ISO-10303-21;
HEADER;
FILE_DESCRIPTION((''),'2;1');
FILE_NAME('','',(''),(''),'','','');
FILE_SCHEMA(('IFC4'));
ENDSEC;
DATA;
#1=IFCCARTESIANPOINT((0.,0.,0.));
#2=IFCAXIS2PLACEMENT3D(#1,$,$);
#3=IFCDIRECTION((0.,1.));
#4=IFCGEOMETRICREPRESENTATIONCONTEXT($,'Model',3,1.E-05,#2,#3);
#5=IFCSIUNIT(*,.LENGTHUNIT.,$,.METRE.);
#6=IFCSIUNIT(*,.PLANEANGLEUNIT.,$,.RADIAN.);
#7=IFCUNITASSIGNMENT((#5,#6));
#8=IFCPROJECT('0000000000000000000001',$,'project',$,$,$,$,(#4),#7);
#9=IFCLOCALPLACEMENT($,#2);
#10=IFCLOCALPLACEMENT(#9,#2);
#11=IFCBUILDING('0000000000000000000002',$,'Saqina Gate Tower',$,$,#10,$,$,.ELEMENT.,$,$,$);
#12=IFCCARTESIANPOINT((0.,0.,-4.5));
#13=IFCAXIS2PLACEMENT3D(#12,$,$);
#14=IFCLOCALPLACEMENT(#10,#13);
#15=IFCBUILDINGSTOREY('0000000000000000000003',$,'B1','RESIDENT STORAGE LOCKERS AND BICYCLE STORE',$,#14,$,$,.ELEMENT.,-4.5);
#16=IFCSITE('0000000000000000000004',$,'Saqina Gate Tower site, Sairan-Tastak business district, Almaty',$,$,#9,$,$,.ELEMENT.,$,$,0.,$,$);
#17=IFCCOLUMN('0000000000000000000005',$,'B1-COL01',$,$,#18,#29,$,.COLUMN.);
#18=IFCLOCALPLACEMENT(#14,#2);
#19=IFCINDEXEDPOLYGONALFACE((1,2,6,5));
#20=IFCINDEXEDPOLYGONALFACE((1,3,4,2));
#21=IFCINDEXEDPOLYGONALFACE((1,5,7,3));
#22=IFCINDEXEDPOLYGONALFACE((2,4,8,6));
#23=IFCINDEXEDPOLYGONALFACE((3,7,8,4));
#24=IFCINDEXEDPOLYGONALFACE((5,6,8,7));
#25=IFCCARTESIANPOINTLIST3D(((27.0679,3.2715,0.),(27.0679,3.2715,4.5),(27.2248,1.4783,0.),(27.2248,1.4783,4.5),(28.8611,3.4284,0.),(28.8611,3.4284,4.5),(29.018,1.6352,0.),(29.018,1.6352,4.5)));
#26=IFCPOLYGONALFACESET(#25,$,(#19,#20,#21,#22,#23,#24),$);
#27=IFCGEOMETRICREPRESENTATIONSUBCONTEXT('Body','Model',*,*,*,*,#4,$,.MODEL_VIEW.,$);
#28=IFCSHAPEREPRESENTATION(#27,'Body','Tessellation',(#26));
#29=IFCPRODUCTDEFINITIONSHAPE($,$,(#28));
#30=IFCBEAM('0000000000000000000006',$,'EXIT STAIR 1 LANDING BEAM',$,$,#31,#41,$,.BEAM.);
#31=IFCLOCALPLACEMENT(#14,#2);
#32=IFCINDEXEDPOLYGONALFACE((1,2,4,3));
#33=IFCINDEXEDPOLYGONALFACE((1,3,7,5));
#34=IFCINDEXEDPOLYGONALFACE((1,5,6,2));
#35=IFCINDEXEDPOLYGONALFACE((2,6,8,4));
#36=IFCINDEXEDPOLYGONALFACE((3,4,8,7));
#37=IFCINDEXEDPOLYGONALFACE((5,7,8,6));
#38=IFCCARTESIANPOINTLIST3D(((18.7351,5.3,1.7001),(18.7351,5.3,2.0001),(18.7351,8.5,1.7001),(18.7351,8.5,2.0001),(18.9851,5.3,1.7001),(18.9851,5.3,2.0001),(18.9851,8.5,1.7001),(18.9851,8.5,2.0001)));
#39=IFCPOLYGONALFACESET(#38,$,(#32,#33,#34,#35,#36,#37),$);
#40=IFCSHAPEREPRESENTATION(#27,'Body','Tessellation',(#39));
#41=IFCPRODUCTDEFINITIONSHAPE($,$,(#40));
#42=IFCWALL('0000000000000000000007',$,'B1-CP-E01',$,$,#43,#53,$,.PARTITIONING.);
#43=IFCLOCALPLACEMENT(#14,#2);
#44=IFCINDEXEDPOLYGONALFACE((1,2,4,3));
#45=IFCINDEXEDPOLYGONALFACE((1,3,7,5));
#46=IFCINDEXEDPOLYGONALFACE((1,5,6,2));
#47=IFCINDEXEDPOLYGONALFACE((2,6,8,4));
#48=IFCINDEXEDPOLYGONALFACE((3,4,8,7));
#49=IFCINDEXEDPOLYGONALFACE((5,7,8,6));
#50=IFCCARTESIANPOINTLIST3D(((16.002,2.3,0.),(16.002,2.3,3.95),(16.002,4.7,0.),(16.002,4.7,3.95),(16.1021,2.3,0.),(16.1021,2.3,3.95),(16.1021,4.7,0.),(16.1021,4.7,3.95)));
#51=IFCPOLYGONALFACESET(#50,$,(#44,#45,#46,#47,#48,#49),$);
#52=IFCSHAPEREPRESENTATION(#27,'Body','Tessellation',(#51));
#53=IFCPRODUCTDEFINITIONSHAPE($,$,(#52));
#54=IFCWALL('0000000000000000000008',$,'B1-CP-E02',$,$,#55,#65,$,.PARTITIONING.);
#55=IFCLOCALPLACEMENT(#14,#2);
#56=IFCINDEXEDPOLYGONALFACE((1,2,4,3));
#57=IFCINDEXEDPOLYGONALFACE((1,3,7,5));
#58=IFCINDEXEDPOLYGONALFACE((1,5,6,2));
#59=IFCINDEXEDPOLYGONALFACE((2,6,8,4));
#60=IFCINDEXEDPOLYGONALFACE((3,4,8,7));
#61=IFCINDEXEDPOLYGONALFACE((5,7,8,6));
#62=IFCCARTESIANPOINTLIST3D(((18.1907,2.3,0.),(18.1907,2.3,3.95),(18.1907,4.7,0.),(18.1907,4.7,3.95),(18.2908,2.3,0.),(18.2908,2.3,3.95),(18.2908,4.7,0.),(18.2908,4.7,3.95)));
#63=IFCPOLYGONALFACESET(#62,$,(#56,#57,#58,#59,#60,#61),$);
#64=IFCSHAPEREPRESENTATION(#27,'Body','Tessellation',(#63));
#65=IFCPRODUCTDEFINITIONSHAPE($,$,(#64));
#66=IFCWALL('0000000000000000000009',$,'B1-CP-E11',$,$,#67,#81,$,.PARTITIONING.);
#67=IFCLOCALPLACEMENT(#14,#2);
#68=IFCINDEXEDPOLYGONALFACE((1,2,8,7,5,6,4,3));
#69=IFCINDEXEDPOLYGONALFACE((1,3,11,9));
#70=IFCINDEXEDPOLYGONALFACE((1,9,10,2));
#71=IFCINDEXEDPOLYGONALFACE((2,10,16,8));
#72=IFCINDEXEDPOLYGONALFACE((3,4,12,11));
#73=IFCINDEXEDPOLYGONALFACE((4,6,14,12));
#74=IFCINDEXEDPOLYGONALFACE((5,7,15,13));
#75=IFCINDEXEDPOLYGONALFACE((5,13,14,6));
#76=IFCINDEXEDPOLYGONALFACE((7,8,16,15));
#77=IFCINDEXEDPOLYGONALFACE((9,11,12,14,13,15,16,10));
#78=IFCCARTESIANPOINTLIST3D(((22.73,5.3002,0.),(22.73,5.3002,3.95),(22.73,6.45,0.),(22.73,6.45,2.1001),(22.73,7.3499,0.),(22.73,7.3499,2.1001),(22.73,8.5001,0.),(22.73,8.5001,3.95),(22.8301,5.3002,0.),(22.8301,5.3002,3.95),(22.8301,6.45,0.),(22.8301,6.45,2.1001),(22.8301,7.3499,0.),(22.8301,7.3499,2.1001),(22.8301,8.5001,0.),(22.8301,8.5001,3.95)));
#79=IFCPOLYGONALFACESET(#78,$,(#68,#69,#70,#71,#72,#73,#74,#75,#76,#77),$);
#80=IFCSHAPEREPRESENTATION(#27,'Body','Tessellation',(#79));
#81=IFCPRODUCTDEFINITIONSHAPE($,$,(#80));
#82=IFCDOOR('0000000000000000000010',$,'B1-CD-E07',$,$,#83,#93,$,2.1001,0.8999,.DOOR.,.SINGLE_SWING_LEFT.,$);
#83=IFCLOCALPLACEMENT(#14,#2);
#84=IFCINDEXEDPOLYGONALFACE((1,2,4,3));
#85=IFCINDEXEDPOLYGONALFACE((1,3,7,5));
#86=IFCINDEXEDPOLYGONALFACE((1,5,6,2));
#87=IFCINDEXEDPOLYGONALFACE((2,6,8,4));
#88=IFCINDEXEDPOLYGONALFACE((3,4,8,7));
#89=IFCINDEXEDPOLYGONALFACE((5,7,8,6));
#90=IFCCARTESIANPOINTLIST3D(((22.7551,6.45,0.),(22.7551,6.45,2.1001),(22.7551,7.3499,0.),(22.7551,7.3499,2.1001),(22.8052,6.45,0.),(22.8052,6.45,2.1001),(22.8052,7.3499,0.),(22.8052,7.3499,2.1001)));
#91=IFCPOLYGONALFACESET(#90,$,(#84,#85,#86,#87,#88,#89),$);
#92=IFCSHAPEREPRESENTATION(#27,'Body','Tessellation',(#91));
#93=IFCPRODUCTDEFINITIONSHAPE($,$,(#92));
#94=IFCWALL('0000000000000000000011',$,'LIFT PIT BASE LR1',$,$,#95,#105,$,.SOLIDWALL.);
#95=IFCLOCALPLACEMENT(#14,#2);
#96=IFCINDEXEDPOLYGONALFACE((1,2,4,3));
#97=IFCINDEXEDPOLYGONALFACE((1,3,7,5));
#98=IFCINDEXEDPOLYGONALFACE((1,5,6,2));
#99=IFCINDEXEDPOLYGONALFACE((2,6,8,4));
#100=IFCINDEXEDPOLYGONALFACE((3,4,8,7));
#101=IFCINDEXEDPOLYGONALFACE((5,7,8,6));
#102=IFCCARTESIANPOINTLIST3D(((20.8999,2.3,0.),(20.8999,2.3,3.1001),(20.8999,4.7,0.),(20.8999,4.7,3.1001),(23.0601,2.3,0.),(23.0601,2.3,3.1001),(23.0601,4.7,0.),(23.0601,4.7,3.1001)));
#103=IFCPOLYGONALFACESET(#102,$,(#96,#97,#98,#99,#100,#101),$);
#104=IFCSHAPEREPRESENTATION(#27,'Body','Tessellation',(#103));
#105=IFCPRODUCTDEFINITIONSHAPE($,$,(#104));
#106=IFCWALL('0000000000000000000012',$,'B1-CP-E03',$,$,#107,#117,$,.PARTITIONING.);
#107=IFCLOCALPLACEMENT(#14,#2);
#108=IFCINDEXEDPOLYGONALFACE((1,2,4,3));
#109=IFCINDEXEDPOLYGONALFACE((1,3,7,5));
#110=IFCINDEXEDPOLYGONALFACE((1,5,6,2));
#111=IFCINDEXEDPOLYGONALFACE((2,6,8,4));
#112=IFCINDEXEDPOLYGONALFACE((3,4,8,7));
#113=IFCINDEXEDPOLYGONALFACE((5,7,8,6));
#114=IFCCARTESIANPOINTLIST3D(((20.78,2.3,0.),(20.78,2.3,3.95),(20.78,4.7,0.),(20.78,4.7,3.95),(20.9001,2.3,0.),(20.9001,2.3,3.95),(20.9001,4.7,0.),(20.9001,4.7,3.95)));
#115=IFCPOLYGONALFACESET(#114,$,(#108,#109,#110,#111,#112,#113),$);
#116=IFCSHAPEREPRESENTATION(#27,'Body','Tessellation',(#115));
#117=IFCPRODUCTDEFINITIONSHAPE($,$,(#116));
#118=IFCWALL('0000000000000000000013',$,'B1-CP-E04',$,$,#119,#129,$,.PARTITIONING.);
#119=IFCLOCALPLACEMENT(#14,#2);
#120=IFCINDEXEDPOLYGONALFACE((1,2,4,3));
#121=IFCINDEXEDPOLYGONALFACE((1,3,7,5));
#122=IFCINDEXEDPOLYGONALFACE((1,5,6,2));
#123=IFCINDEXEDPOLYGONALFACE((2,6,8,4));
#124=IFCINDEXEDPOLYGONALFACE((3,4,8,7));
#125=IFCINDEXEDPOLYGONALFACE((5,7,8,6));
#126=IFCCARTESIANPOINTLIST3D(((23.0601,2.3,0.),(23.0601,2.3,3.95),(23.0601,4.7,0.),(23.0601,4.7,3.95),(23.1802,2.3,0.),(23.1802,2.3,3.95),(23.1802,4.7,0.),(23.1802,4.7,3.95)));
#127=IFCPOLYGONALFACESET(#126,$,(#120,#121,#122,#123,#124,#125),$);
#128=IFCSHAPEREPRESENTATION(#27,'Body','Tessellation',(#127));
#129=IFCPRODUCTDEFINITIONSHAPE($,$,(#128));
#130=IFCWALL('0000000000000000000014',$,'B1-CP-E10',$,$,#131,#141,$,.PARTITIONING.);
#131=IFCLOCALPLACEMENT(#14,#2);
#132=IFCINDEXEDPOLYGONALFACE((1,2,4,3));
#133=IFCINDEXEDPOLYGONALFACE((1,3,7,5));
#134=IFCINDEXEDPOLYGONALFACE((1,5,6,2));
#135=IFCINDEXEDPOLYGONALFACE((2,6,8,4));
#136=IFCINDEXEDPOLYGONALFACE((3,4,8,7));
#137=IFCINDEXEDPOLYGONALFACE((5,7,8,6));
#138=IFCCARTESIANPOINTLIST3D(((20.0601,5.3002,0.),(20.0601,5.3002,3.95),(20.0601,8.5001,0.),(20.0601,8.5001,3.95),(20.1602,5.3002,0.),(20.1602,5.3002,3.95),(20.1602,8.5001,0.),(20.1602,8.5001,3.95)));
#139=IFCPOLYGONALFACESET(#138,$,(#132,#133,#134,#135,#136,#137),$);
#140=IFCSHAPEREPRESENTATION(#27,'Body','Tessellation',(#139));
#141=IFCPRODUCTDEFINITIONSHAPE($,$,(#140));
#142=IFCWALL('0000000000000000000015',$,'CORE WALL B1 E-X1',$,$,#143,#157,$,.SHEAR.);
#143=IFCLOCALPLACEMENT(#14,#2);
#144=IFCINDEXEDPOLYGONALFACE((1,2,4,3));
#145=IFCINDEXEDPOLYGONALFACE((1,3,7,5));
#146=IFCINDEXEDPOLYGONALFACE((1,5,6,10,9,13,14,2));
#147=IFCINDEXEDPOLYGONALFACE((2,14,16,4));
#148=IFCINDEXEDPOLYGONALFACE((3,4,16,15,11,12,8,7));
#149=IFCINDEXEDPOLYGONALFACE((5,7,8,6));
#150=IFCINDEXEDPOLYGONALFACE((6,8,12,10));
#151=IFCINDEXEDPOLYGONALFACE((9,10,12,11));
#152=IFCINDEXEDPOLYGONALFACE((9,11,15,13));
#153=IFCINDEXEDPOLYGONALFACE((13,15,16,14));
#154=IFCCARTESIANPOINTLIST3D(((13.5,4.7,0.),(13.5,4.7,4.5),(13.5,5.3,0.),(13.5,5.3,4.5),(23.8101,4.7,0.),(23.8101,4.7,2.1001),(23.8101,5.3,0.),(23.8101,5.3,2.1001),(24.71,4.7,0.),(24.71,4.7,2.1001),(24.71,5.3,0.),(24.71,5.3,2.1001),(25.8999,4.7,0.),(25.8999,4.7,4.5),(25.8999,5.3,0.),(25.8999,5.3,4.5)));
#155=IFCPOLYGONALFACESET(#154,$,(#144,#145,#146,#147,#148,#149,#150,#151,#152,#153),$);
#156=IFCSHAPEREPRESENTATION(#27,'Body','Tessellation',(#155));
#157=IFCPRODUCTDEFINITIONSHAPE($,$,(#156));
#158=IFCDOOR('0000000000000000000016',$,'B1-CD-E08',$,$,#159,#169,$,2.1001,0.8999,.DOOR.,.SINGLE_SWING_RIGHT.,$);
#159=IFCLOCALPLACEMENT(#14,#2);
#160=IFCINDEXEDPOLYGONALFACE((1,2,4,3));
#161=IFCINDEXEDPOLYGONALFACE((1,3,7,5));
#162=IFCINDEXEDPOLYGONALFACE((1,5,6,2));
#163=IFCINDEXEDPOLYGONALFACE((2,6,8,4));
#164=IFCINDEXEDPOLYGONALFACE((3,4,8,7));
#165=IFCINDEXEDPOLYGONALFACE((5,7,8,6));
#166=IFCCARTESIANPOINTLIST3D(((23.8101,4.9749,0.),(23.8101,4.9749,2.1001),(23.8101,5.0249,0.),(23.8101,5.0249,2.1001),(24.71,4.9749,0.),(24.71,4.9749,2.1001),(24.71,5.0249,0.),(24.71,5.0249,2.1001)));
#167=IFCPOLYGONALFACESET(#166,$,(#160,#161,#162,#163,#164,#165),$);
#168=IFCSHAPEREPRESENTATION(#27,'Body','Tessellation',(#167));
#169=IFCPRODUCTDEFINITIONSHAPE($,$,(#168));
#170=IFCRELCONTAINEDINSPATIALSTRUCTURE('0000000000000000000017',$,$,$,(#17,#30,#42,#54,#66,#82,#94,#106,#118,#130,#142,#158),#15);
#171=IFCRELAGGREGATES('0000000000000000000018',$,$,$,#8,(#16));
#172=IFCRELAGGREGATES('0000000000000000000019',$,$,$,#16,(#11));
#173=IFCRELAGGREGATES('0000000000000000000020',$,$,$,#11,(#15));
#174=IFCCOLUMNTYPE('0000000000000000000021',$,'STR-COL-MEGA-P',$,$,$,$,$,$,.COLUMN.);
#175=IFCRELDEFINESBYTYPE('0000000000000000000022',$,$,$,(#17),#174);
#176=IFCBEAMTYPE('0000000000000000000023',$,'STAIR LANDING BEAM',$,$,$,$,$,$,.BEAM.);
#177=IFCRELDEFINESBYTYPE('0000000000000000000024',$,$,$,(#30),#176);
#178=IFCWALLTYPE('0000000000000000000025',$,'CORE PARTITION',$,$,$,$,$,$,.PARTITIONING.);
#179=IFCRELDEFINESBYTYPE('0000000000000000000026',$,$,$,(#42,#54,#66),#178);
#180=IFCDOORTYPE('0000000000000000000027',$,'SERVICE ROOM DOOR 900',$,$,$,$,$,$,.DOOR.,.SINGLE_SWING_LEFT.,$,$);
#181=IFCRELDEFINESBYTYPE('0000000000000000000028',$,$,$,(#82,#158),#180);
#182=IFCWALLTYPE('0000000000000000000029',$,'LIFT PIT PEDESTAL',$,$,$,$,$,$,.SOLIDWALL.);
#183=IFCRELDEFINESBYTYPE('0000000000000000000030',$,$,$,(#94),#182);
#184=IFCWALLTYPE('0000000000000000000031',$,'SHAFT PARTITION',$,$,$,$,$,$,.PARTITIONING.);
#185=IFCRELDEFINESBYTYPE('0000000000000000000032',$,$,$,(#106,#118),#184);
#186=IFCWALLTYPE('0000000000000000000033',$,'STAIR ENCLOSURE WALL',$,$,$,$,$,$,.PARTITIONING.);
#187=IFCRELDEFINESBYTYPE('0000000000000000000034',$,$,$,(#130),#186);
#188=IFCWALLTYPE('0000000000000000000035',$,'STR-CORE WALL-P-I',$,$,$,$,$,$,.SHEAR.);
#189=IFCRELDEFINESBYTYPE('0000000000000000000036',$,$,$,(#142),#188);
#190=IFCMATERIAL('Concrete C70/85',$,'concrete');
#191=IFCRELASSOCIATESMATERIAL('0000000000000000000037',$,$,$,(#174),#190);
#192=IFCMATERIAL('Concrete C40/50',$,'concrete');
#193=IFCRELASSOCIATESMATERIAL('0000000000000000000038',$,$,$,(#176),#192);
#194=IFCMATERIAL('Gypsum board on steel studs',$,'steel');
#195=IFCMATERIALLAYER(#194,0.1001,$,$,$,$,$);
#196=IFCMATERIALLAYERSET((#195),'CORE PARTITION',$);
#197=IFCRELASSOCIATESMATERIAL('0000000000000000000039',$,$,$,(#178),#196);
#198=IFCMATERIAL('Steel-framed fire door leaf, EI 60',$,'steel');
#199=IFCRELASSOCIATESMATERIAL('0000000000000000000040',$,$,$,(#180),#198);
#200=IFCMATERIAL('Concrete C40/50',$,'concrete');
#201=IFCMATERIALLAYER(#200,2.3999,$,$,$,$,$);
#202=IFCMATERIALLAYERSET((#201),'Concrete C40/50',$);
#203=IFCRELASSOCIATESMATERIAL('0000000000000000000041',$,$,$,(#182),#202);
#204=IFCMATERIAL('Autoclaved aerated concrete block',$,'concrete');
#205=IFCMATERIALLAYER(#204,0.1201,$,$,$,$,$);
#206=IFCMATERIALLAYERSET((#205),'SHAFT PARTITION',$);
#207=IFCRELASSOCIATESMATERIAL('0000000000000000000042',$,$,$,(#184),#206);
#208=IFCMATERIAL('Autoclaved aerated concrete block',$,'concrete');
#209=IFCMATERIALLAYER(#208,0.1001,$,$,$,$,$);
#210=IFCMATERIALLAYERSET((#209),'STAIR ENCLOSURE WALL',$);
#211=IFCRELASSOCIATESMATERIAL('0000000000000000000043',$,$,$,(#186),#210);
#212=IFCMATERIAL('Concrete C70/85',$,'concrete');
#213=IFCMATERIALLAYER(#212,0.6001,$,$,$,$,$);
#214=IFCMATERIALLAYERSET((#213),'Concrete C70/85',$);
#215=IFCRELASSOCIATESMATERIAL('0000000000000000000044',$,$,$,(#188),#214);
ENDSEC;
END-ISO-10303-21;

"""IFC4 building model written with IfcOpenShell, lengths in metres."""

from ifc_helpers import new_model, si_unit, direction, frame, frame_2d, origin, origin_2d, place, context, subcontext, project, spatial, rectangle, extrude, material, layer, layer_set, material_profile, profile_set, type_object, element, fill, save


model = new_model("IFC4")

# Units and contexts
model_context = context("Model", 3, precision=1e-05, world=origin(), true_north=direction((0.0, 1.0)))
body_context = subcontext(model_context, "Body", "Model", "MODEL_VIEW")
ifc_project = project(units=[si_unit("LENGTHUNIT", "METRE"), si_unit("PLANEANGLEUNIT", "RADIAN")], contexts=[model_context])

# Site, building, storey
site_placement = place(None, origin())
site = spatial("IfcSite", under=ifc_project, at=site_placement, Name="Saqina Gate Tower site, Sairan-Tastak business district, Almaty", CompositionType="ELEMENT", RefElevation=0.0)
building_placement = place(site_placement, origin())
building = spatial("IfcBuilding", under=site, at=building_placement, Name="Saqina Gate Tower", CompositionType="ELEMENT")
storey_placement = place(building_placement, frame((0.0, 0.0, -4.5)))
storey = spatial("IfcBuildingStorey", under=building, at=storey_placement, Name="B1", Description="RESIDENT STORAGE LOCKERS AND BICYCLE STORE", CompositionType="ELEMENT", Elevation=-4.5)

# Column
ifc_material_1 = material(Name="Concrete C70/85", Category="concrete")
ifc_material_profile_1 = material_profile(ifc_material_1, rectangle(XDim=1.8, YDim=1.8, at=origin_2d()), Name="RC 1800x1800")
ifc_profile_set_1 = profile_set([ifc_material_profile_1], Name="Concrete C70/85")
column_type = type_object("IfcColumnType", Name="STR-COL-MEGA-P", PredefinedType="COLUMN", material=ifc_profile_set_1)
column_placement = place(storey_placement, frame((28.043, 2.4534, 0.0), z_axis=(0.0, 0.0, 1.0), x_axis=(0.996195, 0.087156, 0.0)))
element("IfcColumn", 1, at=column_placement, inside=storey, type_object=column_type, Name="B1-COL01", PredefinedType="COLUMN", context=body_context, shape_type="SweptSolid", body=[
    extrude(rectangle(XDim=1.8, YDim=1.8, at=origin_2d()), origin(), (0.0, 0.0, 1.0), 4.5),
])

# Beam
ifc_material_2 = material(Name="Concrete C40/50", Category="concrete")
ifc_material_profile_2 = material_profile(ifc_material_2, rectangle(XDim=0.25, YDim=0.3, at=origin_2d()), Name="STAIR LANDING BEAM")
ifc_profile_set_2 = profile_set([ifc_material_profile_2], Name="Concrete C40/50")
beam_type = type_object("IfcBeamType", Name="STAIR LANDING BEAM", PredefinedType="BEAM", material=ifc_profile_set_2)
beam_placement = place(storey_placement, frame((18.8601, 5.3, 1.8501), z_axis=(0.0, 1.0, 0.0), x_axis=(-1.0, 0.0, 0.0)))
element("IfcBeam", 2, at=beam_placement, inside=storey, type_object=beam_type, Name="EXIT STAIR 1 LANDING BEAM", PredefinedType="BEAM", context=body_context, shape_type="SweptSolid", body=[
    extrude(rectangle(XDim=0.25, YDim=0.3, at=origin_2d()), origin(), (0.0, 0.0, 1.0), 3.2),
])

# Walls
ifc_material_3 = material(Name="Gypsum board on steel studs", Category="steel")
ifc_layer_1 = layer(ifc_material_3, 0.1001)
ifc_layer_set_1 = layer_set([ifc_layer_1], Name="CORE PARTITION")
wall_type_1 = type_object("IfcWallType", Name="CORE PARTITION", PredefinedType="PARTITIONING", material=ifc_layer_set_1)
for number, where, z_axis, x_axis, name in (
    (3, (16.052, 2.3, 0.0), (0.0, 0.0, 1.0), (0.0, 1.0, 0.0), "B1-CP-E01"),
    (4, (18.2407, 2.3, 0.0), (0.0, 0.0, 1.0), (0.0, 1.0, 0.0), "B1-CP-E02"),
):
    element("IfcWall", number, at=place(storey_placement, frame(where, z_axis=z_axis, x_axis=x_axis)), inside=storey, type_object=wall_type_1, Name=name, PredefinedType="PARTITIONING", context=body_context, shape_type="SweptSolid", body=[
        extrude(rectangle(XDim=2.3999, YDim=0.1001, at=frame_2d((1.2, 0.0))), origin(), (0.0, 0.0, 1.0), 3.95),
    ])

# Wall, opening, door
wall_1_placement = place(storey_placement, frame((22.78, 5.3, 0.0), z_axis=(0.0, 0.0, 1.0), x_axis=(0.0, 1.0, 0.0)))
wall_1 = element("IfcWall", 5, at=wall_1_placement, inside=storey, type_object=wall_type_1, Name="B1-CP-E11", PredefinedType="PARTITIONING", context=body_context, shape_type="SweptSolid", body=[
    extrude(rectangle(XDim=3.2, YDim=0.1001, at=frame_2d((1.6001, 0.0))), origin(), (0.0, 0.0, 1.0), 3.95),
])
opening_1_placement = place(wall_1_placement, frame((1.1499, 0.0, 0.0)))
opening_1 = element("IfcOpeningElement", 6, at=opening_1_placement, cuts=wall_1, PredefinedType="OPENING", context=body_context, shape_type="SweptSolid", body=[
    extrude(rectangle(XDim=0.8999, YDim=2.1001, at=frame_2d((0.45, 1.05))), frame((0.0, 0.062, 0.0), z_axis=(0.0, -1.0, 0.0), x_axis=(1.0, 0.0, 0.0)), (0.0, 0.0, 1.0), 0.124),
])
ifc_material_4 = material(Name="Steel-framed fire door leaf, EI 60", Category="steel")
door_type = type_object("IfcDoorType", Name="SERVICE ROOM DOOR 900", OperationType="SINGLE_SWING_LEFT", PredefinedType="DOOR", material=ifc_material_4)
door_1_placement = place(opening_1_placement, origin())
door_1 = element("IfcDoor", 7, at=door_1_placement, inside=storey, type_object=door_type, Name="B1-CD-E07", OperationType="SINGLE_SWING_LEFT", OverallHeight=2.1001, OverallWidth=0.8999, PredefinedType="DOOR", context=body_context, shape_type="SweptSolid", body=[
    extrude(rectangle(XDim=0.8999, YDim=2.1001, at=frame_2d((0.45, 1.05))), frame((0.0, 0.0249, 0.0), z_axis=(0.0, -1.0, 0.0), x_axis=(1.0, 0.0, 0.0)), (0.0, 0.0, 1.0), 0.05),
])
fill(opening_1, door_1)

# Walls
ifc_material_5 = material(Name="Concrete C40/50", Category="concrete")
ifc_layer_2 = layer(ifc_material_5, 2.3999)
ifc_layer_set_2 = layer_set([ifc_layer_2], Name="Concrete C40/50")
wall_type_2 = type_object("IfcWallType", Name="LIFT PIT PEDESTAL", PredefinedType="SOLIDWALL", material=ifc_layer_set_2)
wall_2_placement = place(storey_placement, frame((20.8999, 3.5, 0.0), z_axis=(0.0, 0.0, 1.0), x_axis=(1.0, 0.0, 0.0)))
element("IfcWall", 8, at=wall_2_placement, inside=storey, type_object=wall_type_2, Name="LIFT PIT BASE LR1", PredefinedType="SOLIDWALL", context=body_context, shape_type="SweptSolid", body=[
    extrude(rectangle(XDim=2.1602, YDim=2.3999, at=frame_2d((1.0801, 0.0))), origin(), (0.0, 0.0, 1.0), 3.1001),
])
ifc_material_6 = material(Name="Autoclaved aerated concrete block", Category="concrete")
ifc_layer_3 = layer(ifc_material_6, 0.1201)
ifc_layer_set_3 = layer_set([ifc_layer_3], Name="SHAFT PARTITION")
wall_type_3 = type_object("IfcWallType", Name="SHAFT PARTITION", PredefinedType="PARTITIONING", material=ifc_layer_set_3)
for number, where, z_axis, x_axis, name in (
    (9, (20.8401, 2.3, 0.0), (0.0, 0.0, 1.0), (0.0, 1.0, 0.0), "B1-CP-E03"),
    (10, (23.1201, 2.3, 0.0), (0.0, 0.0, 1.0), (0.0, 1.0, 0.0), "B1-CP-E04"),
):
    element("IfcWall", number, at=place(storey_placement, frame(where, z_axis=z_axis, x_axis=x_axis)), inside=storey, type_object=wall_type_3, Name=name, PredefinedType="PARTITIONING", context=body_context, shape_type="SweptSolid", body=[
        extrude(rectangle(XDim=2.3999, YDim=0.1201, at=frame_2d((1.2, 0.0))), origin(), (0.0, 0.0, 1.0), 3.95),
    ])
ifc_material_7 = material(Name="Autoclaved aerated concrete block", Category="concrete")
ifc_layer_4 = layer(ifc_material_7, 0.1001)
ifc_layer_set_4 = layer_set([ifc_layer_4], Name="STAIR ENCLOSURE WALL")
wall_type_4 = type_object("IfcWallType", Name="STAIR ENCLOSURE WALL", PredefinedType="PARTITIONING", material=ifc_layer_set_4)
wall_3_placement = place(storey_placement, frame((20.1101, 5.3, 0.0), z_axis=(0.0, 0.0, 1.0), x_axis=(0.0, 1.0, 0.0)))
element("IfcWall", 11, at=wall_3_placement, inside=storey, type_object=wall_type_4, Name="B1-CP-E10", PredefinedType="PARTITIONING", context=body_context, shape_type="SweptSolid", body=[
    extrude(rectangle(XDim=3.2, YDim=0.1001, at=frame_2d((1.6001, 0.0))), origin(), (0.0, 0.0, 1.0), 3.95),
])

# Wall, opening, door
ifc_material_8 = material(Name="Concrete C70/85", Category="concrete")
ifc_layer_5 = layer(ifc_material_8, 0.6001)
ifc_layer_set_5 = layer_set([ifc_layer_5], Name="Concrete C70/85")
wall_type_5 = type_object("IfcWallType", Name="STR-CORE WALL-P-I", PredefinedType="SHEAR", material=ifc_layer_set_5)
wall_4_placement = place(storey_placement, frame((13.5, 5.0, 0.0), z_axis=(0.0, 0.0, 1.0), x_axis=(1.0, 0.0, 0.0)))
wall_4 = element("IfcWall", 12, at=wall_4_placement, inside=storey, type_object=wall_type_5, Name="CORE WALL B1 E-X1", PredefinedType="SHEAR", context=body_context, shape_type="SweptSolid", body=[
    extrude(rectangle(XDim=12.3999, YDim=0.6001, at=frame_2d((6.2, 0.0))), origin(), (0.0, 0.0, 1.0), 4.5),
])
opening_2_placement = place(wall_4_placement, frame((10.3101, 0.0, 0.0)))
opening_2 = element("IfcOpeningElement", 13, at=opening_2_placement, cuts=wall_4, PredefinedType="OPENING", context=body_context, shape_type="SweptSolid", body=[
    extrude(rectangle(XDim=0.8999, YDim=2.1001, at=frame_2d((0.45, 1.05))), frame((0.0, 0.312, 0.0), z_axis=(0.0, -1.0, 0.0), x_axis=(1.0, 0.0, 0.0)), (0.0, 0.0, 1.0), 0.624),
])
door_2_placement = place(opening_2_placement, origin())
door_2 = element("IfcDoor", 14, at=door_2_placement, inside=storey, type_object=door_type, Name="B1-CD-E08", OperationType="SINGLE_SWING_RIGHT", OverallHeight=2.1001, OverallWidth=0.8999, PredefinedType="DOOR", context=body_context, shape_type="SweptSolid", body=[
    extrude(rectangle(XDim=0.8999, YDim=2.1001, at=frame_2d((0.45, 1.05))), frame((0.0, 0.0249, 0.0), z_axis=(0.0, -1.0, 0.0), x_axis=(1.0, 0.0, 0.0)), (0.0, 0.0, 1.0), 0.05),
])
fill(opening_2, door_2)

save(model, "model.ifc")
